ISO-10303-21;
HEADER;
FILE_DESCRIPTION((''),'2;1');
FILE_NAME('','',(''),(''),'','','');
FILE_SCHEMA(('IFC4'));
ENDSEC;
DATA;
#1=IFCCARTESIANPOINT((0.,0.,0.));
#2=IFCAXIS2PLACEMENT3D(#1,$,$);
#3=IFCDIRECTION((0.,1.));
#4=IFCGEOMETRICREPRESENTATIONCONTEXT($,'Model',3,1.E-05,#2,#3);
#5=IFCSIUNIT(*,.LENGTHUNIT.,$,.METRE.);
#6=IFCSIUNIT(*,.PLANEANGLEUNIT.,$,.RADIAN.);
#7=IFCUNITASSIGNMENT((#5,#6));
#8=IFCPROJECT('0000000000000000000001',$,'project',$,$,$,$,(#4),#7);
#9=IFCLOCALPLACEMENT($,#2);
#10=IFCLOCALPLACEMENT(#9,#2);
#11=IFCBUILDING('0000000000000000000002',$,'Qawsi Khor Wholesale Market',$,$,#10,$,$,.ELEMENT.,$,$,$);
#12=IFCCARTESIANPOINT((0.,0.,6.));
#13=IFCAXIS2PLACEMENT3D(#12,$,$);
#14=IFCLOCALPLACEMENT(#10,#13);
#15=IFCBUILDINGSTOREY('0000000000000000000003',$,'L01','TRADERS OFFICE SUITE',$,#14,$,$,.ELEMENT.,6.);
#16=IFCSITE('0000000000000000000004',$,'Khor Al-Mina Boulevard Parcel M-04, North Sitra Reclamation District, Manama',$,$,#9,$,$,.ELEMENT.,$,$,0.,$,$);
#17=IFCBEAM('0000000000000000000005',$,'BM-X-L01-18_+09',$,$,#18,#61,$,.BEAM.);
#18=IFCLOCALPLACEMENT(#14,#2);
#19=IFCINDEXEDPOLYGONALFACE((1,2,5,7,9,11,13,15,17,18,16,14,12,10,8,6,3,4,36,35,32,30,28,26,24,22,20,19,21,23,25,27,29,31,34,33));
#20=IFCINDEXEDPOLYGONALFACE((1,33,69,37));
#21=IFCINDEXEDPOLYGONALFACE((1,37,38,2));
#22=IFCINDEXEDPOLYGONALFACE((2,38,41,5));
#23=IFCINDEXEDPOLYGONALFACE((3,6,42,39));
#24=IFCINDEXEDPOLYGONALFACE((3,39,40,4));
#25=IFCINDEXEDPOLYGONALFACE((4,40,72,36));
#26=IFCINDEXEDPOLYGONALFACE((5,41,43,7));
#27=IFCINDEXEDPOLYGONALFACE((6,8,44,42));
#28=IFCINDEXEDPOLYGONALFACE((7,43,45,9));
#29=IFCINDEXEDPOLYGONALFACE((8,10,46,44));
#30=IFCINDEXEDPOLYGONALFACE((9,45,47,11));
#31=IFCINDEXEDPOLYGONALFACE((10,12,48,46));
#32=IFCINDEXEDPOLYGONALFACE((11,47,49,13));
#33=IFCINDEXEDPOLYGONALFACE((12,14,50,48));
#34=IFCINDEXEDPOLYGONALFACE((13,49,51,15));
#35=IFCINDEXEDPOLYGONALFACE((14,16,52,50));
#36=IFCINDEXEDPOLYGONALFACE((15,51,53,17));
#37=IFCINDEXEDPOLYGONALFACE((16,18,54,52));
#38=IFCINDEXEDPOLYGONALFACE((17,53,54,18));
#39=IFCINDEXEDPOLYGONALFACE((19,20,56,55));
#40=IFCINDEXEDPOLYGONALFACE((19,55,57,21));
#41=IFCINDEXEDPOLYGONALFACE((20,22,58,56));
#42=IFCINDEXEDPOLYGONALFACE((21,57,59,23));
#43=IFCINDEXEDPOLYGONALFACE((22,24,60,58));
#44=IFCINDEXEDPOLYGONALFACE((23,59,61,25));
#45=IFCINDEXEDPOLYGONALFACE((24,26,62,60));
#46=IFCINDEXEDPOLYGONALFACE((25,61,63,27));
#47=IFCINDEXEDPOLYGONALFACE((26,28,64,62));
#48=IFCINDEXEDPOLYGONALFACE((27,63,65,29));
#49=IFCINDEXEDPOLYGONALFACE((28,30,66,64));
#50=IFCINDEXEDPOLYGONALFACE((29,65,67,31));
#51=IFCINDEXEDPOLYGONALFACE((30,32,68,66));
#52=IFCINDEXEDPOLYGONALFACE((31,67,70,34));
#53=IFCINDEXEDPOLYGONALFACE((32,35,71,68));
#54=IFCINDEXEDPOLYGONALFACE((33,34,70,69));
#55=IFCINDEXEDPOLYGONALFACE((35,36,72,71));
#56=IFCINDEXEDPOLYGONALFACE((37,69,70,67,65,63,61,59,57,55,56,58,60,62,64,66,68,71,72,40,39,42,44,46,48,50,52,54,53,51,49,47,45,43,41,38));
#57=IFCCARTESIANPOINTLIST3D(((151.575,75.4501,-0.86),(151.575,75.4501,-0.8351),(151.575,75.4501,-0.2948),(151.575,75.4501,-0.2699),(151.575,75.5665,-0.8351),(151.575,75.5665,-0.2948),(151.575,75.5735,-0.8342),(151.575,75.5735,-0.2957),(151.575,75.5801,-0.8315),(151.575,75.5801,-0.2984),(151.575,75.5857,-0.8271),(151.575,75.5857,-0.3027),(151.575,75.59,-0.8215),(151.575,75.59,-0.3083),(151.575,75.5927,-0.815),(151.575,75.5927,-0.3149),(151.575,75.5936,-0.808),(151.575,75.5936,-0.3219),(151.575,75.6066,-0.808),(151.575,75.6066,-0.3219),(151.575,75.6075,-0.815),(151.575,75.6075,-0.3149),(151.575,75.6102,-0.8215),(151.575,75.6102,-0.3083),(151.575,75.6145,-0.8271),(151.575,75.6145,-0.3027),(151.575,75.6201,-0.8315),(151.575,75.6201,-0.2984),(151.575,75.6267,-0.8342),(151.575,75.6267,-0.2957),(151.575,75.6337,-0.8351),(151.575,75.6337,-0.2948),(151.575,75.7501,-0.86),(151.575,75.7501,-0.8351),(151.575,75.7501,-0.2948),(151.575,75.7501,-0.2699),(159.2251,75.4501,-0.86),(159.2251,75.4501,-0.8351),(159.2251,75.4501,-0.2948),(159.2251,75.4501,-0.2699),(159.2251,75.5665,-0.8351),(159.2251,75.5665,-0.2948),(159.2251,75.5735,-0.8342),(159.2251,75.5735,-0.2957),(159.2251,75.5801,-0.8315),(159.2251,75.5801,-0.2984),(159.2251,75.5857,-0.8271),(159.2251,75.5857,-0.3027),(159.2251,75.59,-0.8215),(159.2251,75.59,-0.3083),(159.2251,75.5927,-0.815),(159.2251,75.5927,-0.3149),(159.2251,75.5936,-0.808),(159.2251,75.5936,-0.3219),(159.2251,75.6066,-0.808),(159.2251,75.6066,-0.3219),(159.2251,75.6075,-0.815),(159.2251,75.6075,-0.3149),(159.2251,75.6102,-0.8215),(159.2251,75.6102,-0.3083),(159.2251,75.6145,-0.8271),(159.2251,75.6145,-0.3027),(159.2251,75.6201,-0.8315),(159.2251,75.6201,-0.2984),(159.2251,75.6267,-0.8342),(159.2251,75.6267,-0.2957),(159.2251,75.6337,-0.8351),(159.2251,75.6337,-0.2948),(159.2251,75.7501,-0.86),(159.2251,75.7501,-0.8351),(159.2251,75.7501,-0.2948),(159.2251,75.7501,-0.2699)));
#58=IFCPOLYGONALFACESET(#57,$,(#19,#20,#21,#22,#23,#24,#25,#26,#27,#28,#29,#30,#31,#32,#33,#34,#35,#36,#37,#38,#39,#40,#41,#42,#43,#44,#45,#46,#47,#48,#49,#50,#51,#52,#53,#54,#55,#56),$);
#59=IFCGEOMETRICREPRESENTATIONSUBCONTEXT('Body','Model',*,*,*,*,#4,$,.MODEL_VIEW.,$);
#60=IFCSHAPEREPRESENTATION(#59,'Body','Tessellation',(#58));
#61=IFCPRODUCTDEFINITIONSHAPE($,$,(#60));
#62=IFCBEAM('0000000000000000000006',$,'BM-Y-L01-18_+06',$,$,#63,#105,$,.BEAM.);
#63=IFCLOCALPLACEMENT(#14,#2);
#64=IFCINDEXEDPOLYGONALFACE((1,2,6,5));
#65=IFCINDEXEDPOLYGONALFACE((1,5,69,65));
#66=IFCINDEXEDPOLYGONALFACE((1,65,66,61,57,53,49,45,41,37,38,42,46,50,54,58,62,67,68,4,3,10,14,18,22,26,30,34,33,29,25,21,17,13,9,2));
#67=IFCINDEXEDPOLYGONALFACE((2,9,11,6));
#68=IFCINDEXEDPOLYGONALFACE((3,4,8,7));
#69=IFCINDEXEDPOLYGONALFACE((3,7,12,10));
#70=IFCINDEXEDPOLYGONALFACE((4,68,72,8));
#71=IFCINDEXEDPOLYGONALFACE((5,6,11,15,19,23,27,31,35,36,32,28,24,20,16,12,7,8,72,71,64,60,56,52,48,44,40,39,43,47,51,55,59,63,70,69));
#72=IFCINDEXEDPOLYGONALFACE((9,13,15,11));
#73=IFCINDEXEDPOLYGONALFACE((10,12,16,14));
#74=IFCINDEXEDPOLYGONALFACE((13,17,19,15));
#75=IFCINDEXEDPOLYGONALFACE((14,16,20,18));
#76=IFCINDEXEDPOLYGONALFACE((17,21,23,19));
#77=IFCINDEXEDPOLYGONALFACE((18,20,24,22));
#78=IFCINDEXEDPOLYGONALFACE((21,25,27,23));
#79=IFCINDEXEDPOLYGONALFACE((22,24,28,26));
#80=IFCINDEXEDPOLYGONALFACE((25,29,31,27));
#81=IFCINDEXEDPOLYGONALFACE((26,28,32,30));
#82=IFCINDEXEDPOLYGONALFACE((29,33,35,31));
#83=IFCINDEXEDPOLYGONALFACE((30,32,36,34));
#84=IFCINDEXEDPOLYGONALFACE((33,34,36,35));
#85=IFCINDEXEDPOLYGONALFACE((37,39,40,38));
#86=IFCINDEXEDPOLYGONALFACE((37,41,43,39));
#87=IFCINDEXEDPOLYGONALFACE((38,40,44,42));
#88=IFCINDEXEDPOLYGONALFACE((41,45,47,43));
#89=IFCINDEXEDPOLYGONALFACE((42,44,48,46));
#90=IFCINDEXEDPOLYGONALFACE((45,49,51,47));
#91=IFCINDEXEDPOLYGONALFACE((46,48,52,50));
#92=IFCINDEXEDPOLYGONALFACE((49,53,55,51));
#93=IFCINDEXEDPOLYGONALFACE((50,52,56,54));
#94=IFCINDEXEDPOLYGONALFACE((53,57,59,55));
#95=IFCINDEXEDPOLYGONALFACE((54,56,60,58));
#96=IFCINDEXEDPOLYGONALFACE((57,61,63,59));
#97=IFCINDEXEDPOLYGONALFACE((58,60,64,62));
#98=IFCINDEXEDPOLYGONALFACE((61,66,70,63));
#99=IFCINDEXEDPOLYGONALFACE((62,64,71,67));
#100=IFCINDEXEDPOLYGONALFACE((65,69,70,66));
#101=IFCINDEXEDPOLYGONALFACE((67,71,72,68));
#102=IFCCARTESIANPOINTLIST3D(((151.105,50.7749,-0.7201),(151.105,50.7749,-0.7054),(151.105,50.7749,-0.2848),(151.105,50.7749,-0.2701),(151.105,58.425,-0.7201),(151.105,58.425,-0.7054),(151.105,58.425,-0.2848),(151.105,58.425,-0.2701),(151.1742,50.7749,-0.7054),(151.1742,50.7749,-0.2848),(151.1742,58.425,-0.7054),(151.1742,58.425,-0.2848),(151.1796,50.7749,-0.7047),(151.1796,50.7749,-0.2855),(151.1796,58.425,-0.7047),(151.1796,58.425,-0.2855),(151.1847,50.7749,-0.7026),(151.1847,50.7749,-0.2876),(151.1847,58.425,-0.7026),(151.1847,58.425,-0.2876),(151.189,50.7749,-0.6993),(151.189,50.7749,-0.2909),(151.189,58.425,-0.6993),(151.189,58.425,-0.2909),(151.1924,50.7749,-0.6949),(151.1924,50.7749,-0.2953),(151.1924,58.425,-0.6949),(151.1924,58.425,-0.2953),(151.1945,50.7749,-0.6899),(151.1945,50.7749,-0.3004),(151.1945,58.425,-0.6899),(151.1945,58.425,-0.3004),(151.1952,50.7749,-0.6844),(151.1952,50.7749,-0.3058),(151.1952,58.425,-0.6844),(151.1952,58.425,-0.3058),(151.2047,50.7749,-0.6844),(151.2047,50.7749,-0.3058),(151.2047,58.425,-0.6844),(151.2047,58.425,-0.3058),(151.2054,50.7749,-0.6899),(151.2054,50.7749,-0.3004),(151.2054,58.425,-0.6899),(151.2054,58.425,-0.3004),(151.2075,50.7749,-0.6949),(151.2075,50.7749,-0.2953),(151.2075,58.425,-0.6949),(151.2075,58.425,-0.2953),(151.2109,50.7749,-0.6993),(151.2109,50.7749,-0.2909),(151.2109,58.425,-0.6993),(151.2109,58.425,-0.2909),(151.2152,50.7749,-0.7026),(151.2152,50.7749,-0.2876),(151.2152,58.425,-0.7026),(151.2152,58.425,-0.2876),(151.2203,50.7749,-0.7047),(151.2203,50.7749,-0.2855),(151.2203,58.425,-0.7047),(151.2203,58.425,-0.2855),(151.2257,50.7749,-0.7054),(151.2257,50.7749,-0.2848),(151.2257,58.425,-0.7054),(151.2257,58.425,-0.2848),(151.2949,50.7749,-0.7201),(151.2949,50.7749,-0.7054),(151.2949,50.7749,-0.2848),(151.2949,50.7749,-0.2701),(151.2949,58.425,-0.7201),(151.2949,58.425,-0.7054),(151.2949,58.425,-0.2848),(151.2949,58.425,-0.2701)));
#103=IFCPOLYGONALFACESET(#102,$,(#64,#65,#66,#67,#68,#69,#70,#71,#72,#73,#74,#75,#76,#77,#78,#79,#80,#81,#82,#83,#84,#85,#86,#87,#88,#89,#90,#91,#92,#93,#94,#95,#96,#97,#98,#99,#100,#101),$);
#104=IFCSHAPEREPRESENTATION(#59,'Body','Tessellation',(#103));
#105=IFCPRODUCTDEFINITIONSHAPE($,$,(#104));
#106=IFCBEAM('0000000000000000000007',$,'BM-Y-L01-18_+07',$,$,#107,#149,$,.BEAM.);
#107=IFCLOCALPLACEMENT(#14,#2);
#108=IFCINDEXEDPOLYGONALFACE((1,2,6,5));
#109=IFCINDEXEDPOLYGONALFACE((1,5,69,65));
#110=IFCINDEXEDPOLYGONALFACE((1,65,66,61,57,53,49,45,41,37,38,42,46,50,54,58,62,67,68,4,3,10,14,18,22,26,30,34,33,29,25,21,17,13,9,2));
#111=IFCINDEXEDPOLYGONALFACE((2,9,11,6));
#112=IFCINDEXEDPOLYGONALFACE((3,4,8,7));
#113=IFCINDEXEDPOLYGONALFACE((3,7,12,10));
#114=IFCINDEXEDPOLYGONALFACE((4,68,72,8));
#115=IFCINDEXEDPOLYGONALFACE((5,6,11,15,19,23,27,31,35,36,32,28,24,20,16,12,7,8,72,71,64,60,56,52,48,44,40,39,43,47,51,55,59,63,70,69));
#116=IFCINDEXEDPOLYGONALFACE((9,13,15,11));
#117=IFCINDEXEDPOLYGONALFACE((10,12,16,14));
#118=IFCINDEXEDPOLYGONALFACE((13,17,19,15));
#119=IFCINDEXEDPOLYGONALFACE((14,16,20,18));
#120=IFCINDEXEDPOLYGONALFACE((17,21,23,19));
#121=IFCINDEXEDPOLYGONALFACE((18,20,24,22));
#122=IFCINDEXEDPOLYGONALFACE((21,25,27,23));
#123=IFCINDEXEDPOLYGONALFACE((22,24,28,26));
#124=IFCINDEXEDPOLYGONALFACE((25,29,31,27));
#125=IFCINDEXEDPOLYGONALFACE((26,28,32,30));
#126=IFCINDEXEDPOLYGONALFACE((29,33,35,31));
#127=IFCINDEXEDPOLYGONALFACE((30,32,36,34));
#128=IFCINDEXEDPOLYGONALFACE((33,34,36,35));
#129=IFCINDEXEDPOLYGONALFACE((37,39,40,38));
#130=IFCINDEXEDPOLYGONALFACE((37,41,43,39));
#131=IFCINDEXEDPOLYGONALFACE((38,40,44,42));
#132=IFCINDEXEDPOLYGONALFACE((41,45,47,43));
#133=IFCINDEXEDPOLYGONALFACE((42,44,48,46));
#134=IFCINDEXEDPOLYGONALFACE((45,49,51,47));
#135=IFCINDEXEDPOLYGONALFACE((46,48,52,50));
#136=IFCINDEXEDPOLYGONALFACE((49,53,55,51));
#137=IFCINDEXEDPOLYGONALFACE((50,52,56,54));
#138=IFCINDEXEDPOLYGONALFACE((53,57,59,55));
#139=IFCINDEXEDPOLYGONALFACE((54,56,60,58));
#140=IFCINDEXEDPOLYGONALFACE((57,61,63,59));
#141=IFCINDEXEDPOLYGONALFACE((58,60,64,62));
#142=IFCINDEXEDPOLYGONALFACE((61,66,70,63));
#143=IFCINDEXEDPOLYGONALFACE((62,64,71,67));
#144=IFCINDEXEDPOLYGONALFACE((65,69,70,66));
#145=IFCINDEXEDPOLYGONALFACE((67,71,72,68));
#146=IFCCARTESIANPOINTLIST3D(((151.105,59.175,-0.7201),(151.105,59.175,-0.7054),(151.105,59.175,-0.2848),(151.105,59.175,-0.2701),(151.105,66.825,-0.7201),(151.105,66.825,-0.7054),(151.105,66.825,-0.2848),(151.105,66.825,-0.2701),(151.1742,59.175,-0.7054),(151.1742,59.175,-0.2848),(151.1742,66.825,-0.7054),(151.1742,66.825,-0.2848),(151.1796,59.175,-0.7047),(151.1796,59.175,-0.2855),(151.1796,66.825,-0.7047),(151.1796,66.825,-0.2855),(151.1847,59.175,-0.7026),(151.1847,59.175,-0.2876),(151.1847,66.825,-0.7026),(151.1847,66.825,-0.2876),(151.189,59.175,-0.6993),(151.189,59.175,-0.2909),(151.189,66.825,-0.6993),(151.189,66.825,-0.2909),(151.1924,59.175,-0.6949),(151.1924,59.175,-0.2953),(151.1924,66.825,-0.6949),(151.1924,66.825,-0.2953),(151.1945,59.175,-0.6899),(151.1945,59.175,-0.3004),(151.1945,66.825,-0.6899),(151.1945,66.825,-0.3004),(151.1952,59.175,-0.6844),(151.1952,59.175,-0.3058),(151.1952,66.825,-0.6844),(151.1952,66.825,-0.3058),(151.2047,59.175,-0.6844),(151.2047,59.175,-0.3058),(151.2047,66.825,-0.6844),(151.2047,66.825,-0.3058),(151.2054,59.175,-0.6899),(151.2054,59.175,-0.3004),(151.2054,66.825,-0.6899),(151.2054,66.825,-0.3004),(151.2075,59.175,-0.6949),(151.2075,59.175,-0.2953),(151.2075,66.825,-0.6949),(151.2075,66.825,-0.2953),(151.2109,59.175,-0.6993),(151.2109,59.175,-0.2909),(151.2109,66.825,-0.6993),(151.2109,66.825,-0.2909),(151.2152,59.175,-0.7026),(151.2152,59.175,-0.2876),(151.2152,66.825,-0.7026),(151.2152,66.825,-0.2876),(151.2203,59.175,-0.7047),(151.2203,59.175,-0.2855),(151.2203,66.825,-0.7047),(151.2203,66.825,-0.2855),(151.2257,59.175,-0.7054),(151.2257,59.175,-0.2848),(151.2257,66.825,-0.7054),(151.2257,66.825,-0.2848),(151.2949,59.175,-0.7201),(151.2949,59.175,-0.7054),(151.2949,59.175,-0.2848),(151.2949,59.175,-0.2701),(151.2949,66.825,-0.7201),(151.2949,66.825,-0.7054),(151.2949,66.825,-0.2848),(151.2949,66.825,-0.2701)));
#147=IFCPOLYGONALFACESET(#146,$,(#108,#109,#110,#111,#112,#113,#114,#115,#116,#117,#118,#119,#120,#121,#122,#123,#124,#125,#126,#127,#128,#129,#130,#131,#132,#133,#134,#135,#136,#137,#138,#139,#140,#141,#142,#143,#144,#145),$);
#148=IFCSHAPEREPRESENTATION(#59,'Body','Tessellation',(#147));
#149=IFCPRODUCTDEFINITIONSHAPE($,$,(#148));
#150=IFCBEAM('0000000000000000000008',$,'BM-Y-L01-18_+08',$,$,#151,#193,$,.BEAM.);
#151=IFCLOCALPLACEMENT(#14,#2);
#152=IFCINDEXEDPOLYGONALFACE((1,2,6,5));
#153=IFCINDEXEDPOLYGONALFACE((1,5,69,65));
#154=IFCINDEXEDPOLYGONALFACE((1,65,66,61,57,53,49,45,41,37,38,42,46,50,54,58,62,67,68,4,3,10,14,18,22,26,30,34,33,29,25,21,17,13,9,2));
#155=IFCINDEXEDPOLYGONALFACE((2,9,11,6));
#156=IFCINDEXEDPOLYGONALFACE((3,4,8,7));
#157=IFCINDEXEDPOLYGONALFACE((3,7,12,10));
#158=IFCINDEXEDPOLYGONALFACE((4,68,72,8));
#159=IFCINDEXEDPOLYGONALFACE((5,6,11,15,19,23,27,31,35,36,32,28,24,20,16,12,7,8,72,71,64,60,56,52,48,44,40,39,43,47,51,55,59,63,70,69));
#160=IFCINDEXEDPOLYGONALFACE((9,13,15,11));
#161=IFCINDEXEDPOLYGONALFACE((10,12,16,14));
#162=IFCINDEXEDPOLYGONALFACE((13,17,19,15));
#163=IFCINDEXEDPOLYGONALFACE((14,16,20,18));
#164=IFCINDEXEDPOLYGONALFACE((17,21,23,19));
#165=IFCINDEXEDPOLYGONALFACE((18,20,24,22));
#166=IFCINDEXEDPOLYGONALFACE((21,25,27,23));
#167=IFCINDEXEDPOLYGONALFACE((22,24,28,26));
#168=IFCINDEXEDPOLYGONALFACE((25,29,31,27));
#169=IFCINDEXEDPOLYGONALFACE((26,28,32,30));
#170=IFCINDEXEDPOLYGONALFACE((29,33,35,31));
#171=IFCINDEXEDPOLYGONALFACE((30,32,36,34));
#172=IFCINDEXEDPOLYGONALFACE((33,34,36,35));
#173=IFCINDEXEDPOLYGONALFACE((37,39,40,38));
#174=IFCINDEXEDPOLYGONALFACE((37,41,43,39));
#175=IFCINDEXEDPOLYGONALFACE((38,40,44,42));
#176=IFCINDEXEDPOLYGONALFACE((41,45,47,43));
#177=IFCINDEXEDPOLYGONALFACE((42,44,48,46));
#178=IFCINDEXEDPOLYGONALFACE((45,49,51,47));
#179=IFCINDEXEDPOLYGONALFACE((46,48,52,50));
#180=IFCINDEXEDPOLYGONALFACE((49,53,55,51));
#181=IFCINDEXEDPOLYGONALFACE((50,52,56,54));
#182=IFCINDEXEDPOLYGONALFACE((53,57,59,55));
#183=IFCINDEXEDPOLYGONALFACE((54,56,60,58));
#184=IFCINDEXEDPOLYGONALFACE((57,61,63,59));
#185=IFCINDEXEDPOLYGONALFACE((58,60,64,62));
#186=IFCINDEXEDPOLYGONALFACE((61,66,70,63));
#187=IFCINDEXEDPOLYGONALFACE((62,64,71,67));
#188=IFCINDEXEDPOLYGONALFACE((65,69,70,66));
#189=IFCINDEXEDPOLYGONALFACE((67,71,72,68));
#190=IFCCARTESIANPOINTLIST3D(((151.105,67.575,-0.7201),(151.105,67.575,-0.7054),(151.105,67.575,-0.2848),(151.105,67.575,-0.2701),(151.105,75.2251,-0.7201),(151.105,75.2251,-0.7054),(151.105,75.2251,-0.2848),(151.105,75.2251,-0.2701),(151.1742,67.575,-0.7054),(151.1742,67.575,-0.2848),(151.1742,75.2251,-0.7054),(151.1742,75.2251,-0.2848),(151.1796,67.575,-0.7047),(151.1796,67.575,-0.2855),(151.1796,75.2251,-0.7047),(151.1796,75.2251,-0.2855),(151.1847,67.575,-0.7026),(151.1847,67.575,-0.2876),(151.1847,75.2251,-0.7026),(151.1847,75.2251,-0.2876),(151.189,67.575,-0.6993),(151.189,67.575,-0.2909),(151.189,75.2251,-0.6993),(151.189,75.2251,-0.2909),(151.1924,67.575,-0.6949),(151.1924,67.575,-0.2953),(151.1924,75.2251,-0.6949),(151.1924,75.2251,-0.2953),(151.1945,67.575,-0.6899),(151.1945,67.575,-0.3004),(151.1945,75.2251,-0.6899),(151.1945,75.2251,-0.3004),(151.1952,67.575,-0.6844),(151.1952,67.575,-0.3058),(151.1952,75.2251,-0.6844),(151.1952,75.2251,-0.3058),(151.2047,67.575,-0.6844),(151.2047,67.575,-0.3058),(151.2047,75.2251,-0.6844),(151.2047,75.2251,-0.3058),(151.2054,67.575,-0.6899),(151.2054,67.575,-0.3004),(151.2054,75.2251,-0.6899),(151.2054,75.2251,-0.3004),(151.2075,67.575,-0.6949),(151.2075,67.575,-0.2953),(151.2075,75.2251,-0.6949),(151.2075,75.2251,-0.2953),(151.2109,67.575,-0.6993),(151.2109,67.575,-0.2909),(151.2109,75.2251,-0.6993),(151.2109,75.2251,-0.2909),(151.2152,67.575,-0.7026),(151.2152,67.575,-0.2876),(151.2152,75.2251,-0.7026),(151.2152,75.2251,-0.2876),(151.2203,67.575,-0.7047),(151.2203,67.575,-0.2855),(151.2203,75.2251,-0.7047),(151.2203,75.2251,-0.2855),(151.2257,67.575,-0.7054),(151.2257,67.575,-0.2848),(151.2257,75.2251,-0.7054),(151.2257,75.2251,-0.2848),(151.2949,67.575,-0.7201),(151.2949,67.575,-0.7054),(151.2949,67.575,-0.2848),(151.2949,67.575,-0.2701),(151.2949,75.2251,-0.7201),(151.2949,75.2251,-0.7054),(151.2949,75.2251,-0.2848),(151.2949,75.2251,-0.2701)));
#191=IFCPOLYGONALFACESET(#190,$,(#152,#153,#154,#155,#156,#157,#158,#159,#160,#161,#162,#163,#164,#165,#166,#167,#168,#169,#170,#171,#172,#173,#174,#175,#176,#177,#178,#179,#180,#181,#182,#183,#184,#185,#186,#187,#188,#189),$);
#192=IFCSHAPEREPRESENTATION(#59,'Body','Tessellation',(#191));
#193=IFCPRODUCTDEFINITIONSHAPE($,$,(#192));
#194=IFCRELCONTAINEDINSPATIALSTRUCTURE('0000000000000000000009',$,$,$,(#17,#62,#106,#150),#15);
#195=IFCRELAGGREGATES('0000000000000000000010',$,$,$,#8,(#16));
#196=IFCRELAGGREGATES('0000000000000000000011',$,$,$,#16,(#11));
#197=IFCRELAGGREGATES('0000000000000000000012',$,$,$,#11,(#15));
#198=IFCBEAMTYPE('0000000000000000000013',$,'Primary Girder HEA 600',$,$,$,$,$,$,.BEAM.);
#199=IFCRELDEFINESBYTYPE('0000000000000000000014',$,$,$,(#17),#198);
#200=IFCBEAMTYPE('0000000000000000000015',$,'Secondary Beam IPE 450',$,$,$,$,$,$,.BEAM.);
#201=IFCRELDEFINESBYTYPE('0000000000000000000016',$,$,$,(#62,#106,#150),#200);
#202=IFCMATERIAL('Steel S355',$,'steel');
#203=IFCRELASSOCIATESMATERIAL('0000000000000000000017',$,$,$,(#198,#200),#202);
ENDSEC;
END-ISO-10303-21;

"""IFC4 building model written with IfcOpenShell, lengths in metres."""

from ifc_helpers import new_model, si_unit, direction, frame, origin, origin_2d, place, context, subcontext, project, spatial, i_section, extrude, material, material_profile, profile_set, type_object, element, save


model = new_model("IFC4")

# Units and contexts
model_context = context("Model", 3, precision=1e-05, world=origin(), true_north=direction((0.0, 1.0)))
body_context = subcontext(model_context, "Body", "Model", "MODEL_VIEW")
ifc_project = project(units=[si_unit("LENGTHUNIT", "METRE"), si_unit("PLANEANGLEUNIT", "RADIAN")], contexts=[model_context])

# Site, building, storey
site_placement = place(None, origin())
site = spatial("IfcSite", under=ifc_project, at=site_placement, Name="Khor Al-Mina Boulevard Parcel M-04, North Sitra Reclamation District, Manama", CompositionType="ELEMENT", RefElevation=0.0)
building_placement = place(site_placement, origin())
building = spatial("IfcBuilding", under=site, at=building_placement, Name="Qawsi Khor Wholesale Market", CompositionType="ELEMENT")
storey_placement = place(building_placement, frame((0.0, 0.0, 6.0)))
storey = spatial("IfcBuildingStorey", under=building, at=storey_placement, Name="L01", Description="TRADERS OFFICE SUITE", CompositionType="ELEMENT", Elevation=6.0)

# Beams
ifc_material_1 = material(Name="Steel S355", Category="steel")
ifc_material_profile_1 = material_profile(ifc_material_1, i_section(OverallWidth=0.3, OverallDepth=0.5901, WebThickness=0.0129, FlangeThickness=0.0249, FilletRadius=0.0271, at=origin_2d()), Name="HEA 600")
ifc_profile_set_1 = profile_set([ifc_material_profile_1], Name="Steel S355")
beam_type_1 = type_object("IfcBeamType", Name="Primary Girder HEA 600", PredefinedType="BEAM", material=ifc_profile_set_1)
for number, where, z_axis, x_axis, name in (
    (1, (151.575, 75.6001, -0.5649), (1.0, 0.0, 0.0), (0.0, 1.0, 0.0), "BM-X-L01-18_+09"),
):
    element("IfcBeam", number, at=place(storey_placement, frame(where, z_axis=z_axis, x_axis=x_axis)), inside=storey, type_object=beam_type_1, Name=name, PredefinedType="BEAM", context=body_context, shape_type="SweptSolid", body=[
        extrude(i_section(OverallWidth=0.3, OverallDepth=0.5901, WebThickness=0.0129, FlangeThickness=0.0249, FilletRadius=0.0271, at=origin_2d()), origin(), (0.0, 0.0, 1.0), 7.6501),
    ])
ifc_material_profile_2 = material_profile(ifc_material_1, i_section(OverallWidth=0.1899, OverallDepth=0.45, WebThickness=0.0095, FlangeThickness=0.0146, FilletRadius=0.021, at=origin_2d()), Name="IPE 450")
ifc_profile_set_2 = profile_set([ifc_material_profile_2], Name="Steel S355")
beam_type_2 = type_object("IfcBeamType", Name="Secondary Beam IPE 450", PredefinedType="BEAM", material=ifc_profile_set_2)
beam_1_placement = place(storey_placement, frame((151.2, 50.7749, -0.4951), z_axis=(0.0, 1.0, 0.0), x_axis=(-1.0, 0.0, 0.0)))
element("IfcBeam", 2, at=beam_1_placement, inside=storey, type_object=beam_type_2, Name="BM-Y-L01-18_+06", PredefinedType="BEAM", context=body_context, shape_type="SweptSolid", body=[
    extrude(i_section(OverallWidth=0.1899, OverallDepth=0.45, WebThickness=0.0095, FlangeThickness=0.0146, FilletRadius=0.021, at=origin_2d()), origin(), (0.0, 0.0, 1.0), 7.6501),
])
beam_2_placement = place(storey_placement, frame((151.2, 59.175, -0.4951), z_axis=(0.0, 1.0, 0.0), x_axis=(-1.0, 0.0, 0.0)))
element("IfcBeam", 3, at=beam_2_placement, inside=storey, type_object=beam_type_2, Name="BM-Y-L01-18_+07", PredefinedType="BEAM", context=body_context, shape_type="SweptSolid", body=[
    extrude(i_section(OverallWidth=0.1899, OverallDepth=0.45, WebThickness=0.0095, FlangeThickness=0.0146, FilletRadius=0.021, at=origin_2d()), origin(), (0.0, 0.0, 1.0), 7.6499),
])
beam_3_placement = place(storey_placement, frame((151.2, 67.575, -0.4951), z_axis=(0.0, 1.0, 0.0), x_axis=(-1.0, 0.0, 0.0)))
element("IfcBeam", 4, at=beam_3_placement, inside=storey, type_object=beam_type_2, Name="BM-Y-L01-18_+08", PredefinedType="BEAM", context=body_context, shape_type="SweptSolid", body=[
    extrude(i_section(OverallWidth=0.1899, OverallDepth=0.45, WebThickness=0.0095, FlangeThickness=0.0146, FilletRadius=0.021, at=origin_2d()), origin(), (0.0, 0.0, 1.0), 7.6501),
])

save(model, "model.ifc")
